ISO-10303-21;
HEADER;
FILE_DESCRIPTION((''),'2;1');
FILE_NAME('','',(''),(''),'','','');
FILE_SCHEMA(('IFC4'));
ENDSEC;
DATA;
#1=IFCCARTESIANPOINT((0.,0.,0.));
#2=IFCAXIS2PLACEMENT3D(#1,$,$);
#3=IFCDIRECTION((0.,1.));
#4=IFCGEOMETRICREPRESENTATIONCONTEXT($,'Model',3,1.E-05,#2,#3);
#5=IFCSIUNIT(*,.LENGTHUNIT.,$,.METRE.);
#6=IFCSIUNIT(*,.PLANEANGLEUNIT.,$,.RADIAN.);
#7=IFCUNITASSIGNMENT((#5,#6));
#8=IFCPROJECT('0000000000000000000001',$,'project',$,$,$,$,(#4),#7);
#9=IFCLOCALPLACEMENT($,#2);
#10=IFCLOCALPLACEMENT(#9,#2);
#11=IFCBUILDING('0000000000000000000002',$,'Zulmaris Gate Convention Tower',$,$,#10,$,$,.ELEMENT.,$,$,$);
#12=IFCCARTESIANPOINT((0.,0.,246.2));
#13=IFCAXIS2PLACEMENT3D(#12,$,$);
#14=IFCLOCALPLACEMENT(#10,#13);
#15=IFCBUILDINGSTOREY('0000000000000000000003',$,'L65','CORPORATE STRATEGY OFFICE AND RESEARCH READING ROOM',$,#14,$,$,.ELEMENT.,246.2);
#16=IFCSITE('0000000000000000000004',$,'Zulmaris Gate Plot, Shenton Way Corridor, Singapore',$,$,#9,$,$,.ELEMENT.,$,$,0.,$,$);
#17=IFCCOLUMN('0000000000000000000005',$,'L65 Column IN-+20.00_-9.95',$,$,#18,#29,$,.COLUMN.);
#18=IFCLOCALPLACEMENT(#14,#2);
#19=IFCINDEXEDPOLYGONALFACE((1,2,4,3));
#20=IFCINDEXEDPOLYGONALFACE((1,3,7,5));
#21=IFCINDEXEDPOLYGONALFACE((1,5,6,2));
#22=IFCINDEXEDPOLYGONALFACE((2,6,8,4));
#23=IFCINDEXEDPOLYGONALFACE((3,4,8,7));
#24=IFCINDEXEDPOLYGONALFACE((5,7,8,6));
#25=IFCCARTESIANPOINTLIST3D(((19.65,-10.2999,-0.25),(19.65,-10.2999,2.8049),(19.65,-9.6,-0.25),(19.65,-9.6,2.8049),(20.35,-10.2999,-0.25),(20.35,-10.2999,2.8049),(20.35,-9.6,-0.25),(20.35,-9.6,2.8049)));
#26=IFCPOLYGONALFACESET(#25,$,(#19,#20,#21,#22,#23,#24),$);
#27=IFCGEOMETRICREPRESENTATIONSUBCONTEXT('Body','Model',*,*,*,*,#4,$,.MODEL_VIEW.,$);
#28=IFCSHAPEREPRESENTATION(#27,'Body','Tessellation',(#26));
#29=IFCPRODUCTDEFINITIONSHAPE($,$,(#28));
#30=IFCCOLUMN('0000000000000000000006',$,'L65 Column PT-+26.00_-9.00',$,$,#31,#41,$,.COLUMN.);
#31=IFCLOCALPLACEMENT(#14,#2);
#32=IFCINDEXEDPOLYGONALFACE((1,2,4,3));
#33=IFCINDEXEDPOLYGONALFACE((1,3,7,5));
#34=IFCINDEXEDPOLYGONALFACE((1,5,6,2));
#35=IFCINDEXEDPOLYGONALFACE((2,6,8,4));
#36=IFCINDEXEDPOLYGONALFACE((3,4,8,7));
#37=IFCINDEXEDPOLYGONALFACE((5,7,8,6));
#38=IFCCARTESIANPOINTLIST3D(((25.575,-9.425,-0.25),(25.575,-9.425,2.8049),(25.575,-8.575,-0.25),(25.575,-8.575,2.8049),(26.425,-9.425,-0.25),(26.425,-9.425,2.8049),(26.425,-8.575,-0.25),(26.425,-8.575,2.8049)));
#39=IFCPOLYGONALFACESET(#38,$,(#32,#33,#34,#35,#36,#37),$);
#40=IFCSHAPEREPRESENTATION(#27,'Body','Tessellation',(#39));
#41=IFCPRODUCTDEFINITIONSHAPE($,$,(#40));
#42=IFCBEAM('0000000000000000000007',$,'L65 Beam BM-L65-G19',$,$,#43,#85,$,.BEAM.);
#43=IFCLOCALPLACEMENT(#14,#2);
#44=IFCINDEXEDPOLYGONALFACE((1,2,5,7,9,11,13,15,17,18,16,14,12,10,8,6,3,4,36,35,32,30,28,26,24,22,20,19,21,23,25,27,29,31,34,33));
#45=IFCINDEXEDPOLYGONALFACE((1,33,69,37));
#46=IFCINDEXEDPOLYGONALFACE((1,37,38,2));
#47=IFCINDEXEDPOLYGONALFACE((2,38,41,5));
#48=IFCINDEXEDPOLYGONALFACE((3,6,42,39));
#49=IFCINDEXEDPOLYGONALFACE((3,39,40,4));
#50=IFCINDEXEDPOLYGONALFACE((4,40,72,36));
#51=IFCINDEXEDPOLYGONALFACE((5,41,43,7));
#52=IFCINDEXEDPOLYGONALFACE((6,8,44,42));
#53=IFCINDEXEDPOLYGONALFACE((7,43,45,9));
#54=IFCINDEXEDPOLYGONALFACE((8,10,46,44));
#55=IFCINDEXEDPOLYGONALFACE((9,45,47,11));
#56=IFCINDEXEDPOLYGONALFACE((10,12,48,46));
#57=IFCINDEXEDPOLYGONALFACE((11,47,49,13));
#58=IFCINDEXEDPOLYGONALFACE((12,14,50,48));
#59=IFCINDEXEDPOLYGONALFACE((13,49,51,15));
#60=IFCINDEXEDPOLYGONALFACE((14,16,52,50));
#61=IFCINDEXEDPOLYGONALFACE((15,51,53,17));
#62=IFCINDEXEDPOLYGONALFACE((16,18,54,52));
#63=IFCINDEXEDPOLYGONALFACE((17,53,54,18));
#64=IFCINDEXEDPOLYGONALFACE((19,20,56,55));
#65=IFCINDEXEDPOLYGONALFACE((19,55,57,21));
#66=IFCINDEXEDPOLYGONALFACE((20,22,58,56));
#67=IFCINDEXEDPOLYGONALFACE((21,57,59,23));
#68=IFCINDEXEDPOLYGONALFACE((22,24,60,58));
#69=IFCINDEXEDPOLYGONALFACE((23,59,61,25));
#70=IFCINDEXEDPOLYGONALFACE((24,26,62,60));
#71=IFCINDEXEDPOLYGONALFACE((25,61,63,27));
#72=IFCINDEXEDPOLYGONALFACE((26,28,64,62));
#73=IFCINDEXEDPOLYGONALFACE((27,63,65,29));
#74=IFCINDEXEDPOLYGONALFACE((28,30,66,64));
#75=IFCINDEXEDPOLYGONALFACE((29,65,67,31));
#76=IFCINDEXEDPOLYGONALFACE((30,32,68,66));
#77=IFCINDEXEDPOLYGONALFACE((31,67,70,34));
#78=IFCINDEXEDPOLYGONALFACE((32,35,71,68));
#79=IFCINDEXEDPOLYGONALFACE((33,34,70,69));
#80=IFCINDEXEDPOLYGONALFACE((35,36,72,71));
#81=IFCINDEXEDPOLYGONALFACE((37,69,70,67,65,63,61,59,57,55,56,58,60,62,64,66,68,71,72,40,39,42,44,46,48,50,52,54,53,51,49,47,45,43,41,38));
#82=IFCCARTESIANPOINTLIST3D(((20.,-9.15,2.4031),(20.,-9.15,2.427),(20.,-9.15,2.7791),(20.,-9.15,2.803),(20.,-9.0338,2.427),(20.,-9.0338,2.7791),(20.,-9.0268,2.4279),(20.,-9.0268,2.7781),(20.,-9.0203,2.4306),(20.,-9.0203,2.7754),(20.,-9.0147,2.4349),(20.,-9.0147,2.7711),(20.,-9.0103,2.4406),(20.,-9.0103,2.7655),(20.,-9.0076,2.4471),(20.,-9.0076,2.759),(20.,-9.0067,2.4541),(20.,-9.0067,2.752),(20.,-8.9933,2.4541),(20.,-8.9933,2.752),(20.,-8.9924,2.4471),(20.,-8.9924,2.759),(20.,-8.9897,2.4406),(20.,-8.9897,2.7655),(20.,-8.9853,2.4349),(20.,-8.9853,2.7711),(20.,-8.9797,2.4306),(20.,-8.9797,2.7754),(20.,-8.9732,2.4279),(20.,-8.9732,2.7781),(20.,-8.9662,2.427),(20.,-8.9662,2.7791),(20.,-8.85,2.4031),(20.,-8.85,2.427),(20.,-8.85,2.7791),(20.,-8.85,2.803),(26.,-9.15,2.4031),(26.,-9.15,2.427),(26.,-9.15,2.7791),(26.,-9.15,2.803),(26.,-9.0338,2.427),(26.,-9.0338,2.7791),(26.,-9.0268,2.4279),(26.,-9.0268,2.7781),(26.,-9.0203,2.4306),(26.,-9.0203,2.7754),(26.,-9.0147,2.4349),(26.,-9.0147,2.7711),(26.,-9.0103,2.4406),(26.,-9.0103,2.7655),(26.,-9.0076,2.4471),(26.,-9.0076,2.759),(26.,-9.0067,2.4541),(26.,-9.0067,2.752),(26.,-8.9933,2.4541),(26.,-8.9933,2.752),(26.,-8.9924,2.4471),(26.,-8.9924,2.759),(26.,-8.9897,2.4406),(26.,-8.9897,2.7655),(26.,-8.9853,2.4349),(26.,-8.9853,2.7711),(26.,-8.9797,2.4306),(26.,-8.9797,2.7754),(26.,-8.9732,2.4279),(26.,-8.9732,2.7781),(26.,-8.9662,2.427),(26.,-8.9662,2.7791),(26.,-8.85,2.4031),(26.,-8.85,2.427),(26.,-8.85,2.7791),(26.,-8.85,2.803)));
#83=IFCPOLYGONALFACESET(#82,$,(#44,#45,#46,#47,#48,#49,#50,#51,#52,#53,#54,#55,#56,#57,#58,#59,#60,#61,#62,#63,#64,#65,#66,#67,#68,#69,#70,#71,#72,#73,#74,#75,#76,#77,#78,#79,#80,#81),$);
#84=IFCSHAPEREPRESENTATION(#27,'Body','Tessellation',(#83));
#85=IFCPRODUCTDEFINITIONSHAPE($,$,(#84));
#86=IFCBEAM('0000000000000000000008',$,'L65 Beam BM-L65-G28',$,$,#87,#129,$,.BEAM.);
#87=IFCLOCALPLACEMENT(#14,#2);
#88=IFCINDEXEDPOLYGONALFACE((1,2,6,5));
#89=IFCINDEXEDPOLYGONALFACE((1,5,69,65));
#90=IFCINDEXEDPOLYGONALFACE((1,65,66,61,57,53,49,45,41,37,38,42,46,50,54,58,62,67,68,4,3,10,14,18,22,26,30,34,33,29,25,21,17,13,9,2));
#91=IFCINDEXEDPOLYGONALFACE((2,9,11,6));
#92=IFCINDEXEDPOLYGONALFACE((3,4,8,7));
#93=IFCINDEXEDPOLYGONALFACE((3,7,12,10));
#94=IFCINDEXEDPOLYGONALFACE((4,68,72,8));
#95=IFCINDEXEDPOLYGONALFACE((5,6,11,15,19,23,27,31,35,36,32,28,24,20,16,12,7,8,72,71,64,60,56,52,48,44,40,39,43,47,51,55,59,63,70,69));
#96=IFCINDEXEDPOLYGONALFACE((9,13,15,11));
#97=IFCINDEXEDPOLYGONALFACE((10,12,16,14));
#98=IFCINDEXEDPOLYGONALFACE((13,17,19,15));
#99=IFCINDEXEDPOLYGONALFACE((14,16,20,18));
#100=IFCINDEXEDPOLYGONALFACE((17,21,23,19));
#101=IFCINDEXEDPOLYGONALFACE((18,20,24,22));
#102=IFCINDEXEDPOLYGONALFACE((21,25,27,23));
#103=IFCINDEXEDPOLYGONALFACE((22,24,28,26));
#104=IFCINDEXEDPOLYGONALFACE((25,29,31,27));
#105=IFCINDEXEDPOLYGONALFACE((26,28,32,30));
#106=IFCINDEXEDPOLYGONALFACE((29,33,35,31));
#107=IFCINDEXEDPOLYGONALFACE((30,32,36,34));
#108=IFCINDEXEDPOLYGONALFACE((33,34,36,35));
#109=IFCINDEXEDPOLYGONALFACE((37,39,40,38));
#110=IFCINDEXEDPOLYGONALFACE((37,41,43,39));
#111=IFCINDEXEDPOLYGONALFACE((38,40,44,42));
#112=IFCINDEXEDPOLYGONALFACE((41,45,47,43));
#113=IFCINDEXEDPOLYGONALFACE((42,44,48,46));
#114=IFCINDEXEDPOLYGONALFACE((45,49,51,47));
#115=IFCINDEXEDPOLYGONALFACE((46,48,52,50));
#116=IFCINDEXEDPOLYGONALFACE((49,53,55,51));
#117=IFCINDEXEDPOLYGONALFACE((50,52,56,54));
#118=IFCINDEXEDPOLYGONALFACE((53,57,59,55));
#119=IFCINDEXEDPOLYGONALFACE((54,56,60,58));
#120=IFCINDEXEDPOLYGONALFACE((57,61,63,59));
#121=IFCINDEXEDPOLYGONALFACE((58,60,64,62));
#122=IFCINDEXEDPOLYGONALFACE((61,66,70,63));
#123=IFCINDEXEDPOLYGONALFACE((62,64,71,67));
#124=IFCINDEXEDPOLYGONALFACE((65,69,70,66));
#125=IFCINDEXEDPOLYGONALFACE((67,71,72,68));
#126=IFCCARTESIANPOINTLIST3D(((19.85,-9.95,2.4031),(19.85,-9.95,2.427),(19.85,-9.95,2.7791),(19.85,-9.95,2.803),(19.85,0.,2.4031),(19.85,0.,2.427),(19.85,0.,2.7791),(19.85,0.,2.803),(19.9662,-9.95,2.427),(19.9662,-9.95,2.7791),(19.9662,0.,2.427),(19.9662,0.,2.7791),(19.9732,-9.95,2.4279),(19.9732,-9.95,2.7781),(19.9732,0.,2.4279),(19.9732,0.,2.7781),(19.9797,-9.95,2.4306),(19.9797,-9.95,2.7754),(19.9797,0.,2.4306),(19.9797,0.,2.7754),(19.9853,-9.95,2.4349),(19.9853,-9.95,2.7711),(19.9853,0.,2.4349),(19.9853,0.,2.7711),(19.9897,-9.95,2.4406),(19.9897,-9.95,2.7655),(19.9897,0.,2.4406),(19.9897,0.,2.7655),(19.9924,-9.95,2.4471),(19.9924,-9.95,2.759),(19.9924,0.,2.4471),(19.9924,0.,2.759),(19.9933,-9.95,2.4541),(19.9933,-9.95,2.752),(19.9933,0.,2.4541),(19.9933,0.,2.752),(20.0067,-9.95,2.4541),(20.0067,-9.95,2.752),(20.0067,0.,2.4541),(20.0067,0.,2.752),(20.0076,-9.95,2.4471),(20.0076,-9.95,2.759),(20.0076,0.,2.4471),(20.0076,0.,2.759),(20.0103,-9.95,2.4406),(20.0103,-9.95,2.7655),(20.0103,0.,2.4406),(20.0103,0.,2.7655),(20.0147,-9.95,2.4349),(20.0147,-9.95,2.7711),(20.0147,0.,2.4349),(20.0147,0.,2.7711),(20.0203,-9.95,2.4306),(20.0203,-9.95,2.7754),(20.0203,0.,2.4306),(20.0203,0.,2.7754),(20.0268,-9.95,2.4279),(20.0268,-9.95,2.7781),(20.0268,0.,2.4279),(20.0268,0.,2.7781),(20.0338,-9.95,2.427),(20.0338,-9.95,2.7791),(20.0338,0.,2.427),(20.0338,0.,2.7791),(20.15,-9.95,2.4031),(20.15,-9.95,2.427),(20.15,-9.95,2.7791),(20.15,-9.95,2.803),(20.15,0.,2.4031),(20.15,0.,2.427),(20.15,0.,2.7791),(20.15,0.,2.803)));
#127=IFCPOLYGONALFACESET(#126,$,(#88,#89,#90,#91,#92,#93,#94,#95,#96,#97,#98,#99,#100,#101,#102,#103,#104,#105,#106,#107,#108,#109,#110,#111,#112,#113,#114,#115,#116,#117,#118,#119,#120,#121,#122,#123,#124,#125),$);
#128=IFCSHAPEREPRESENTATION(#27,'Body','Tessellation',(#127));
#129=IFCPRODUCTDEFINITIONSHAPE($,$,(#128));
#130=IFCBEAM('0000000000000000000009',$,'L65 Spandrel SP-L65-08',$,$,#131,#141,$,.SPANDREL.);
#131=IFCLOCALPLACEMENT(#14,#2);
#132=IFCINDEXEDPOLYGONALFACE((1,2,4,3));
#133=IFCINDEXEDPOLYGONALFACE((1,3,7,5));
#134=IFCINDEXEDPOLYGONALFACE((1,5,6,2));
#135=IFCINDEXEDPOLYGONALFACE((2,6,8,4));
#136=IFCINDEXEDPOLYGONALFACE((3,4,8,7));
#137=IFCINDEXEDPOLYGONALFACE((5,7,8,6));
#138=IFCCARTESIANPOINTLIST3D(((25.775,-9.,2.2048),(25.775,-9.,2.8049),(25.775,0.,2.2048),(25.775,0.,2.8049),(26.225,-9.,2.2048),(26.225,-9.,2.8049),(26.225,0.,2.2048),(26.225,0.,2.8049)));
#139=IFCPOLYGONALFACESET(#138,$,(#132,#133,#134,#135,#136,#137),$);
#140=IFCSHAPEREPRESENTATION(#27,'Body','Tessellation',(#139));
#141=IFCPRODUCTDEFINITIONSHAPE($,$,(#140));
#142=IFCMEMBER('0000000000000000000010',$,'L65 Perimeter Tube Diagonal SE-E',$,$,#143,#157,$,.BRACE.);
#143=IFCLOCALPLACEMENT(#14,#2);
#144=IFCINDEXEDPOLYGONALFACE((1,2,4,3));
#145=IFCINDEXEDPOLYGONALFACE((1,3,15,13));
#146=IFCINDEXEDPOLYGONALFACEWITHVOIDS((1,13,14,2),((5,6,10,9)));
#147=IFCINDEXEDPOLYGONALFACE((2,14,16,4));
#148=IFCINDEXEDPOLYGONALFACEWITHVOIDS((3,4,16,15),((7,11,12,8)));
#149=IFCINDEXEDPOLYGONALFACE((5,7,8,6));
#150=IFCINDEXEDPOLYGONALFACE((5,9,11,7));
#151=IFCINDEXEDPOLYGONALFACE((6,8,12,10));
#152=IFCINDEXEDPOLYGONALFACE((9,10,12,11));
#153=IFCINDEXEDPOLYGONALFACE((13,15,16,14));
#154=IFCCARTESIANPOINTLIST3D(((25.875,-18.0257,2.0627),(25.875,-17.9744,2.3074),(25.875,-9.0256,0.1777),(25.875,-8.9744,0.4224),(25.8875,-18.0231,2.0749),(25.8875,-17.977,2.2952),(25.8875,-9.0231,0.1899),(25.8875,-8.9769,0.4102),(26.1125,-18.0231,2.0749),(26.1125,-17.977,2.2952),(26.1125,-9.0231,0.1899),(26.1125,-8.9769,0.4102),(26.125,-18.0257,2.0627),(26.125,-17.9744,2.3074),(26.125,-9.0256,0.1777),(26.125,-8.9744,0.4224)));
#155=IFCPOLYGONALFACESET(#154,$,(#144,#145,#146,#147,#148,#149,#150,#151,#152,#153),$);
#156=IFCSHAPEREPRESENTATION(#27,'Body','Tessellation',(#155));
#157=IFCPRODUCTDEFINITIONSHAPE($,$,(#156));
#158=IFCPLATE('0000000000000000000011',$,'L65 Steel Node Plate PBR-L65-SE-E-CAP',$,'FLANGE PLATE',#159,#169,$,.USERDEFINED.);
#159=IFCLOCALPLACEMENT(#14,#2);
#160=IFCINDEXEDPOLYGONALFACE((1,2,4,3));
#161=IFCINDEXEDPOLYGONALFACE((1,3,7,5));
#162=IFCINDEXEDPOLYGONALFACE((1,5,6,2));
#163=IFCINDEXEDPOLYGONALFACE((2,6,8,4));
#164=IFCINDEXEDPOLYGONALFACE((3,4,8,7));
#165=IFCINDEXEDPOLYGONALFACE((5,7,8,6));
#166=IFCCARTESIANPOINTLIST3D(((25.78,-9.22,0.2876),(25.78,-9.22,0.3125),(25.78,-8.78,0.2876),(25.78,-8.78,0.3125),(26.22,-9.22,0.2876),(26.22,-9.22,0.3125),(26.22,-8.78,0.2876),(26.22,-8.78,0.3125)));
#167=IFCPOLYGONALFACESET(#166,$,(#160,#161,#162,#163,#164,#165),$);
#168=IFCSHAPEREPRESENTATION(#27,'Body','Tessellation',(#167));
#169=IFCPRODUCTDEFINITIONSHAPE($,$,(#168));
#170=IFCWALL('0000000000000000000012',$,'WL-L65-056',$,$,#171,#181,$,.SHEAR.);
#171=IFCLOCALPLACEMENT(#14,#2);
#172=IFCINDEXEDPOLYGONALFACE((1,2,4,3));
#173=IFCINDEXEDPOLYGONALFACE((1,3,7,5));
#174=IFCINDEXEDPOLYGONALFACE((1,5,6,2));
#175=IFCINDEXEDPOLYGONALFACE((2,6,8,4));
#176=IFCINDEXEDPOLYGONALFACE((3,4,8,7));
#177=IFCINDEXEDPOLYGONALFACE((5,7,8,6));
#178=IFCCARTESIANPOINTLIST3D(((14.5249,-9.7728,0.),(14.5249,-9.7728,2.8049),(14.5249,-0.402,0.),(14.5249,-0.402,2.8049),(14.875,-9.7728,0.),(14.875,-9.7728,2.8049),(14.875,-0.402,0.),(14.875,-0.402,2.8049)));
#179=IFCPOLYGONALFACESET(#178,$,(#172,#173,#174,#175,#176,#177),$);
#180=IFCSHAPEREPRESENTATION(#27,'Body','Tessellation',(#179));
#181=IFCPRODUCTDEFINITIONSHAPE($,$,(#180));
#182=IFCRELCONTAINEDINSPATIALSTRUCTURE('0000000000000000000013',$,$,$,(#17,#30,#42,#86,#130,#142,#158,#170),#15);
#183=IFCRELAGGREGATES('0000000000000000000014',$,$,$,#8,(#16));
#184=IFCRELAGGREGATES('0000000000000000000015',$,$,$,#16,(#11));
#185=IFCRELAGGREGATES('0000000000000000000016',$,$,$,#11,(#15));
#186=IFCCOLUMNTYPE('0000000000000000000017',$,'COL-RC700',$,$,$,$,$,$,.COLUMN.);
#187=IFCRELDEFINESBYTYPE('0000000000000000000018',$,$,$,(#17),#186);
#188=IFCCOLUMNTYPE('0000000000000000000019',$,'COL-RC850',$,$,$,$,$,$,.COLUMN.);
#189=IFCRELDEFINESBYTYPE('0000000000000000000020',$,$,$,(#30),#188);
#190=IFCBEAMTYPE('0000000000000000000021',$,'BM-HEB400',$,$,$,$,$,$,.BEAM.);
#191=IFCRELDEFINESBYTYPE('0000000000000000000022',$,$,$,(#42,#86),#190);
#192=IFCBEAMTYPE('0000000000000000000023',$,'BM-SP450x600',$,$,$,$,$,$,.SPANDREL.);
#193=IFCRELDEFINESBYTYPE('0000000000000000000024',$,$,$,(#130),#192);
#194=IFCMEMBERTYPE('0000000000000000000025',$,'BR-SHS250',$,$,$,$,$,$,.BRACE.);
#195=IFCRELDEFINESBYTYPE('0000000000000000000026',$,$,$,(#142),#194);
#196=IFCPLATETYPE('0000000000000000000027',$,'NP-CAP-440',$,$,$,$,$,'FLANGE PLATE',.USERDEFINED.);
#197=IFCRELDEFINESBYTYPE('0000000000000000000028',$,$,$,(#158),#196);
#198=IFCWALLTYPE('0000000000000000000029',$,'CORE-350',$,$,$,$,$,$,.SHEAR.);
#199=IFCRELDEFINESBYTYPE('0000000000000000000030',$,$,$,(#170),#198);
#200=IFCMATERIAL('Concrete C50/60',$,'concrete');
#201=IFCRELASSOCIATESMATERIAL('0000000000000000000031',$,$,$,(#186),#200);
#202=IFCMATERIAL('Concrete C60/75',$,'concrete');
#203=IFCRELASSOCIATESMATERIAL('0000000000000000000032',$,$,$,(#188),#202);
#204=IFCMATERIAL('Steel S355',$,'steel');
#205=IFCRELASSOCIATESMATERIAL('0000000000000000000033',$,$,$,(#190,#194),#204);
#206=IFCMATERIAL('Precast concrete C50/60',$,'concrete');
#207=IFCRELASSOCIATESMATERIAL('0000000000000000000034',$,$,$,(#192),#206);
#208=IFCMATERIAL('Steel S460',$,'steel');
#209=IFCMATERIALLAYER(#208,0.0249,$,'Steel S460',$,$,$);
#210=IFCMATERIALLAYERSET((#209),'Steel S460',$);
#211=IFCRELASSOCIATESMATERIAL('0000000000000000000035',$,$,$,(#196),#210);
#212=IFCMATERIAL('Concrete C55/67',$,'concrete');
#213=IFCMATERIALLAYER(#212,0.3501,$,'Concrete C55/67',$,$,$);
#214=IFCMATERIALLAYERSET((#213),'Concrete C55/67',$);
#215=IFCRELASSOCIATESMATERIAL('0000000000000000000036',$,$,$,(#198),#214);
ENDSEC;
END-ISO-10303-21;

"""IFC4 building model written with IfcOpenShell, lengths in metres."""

from ifc_helpers import new_model, si_unit, direction, frame, frame_2d, origin, origin_2d, place, context, subcontext, project, spatial, rectangle, hollow_rectangle, i_section, extrude, material, layer, layer_set, material_profile, profile_set, type_object, element, save


model = new_model("IFC4")

# Units and contexts
model_context = context("Model", 3, precision=1e-05, world=origin(), true_north=direction((0.0, 1.0)))
body_context = subcontext(model_context, "Body", "Model", "MODEL_VIEW")
ifc_project = project(units=[si_unit("LENGTHUNIT", "METRE"), si_unit("PLANEANGLEUNIT", "RADIAN")], contexts=[model_context])

# Site, building, storey
site_placement = place(None, origin())
site = spatial("IfcSite", under=ifc_project, at=site_placement, Name="Zulmaris Gate Plot, Shenton Way Corridor, Singapore", CompositionType="ELEMENT", RefElevation=0.0)
building_placement = place(site_placement, origin())
building = spatial("IfcBuilding", under=site, at=building_placement, Name="Zulmaris Gate Convention Tower", CompositionType="ELEMENT")
storey_placement = place(building_placement, frame((0.0, 0.0, 246.2)))
storey = spatial("IfcBuildingStorey", under=building, at=storey_placement, Name="L65", Description="CORPORATE STRATEGY OFFICE AND RESEARCH READING ROOM", CompositionType="ELEMENT", Elevation=246.2)

# Columns
ifc_material_1 = material(Name="Concrete C50/60", Category="concrete")
ifc_material_profile_1 = material_profile(ifc_material_1, rectangle(XDim=0.7, YDim=0.7, at=origin_2d()), Name="RC COL 700x700")
ifc_profile_set_1 = profile_set([ifc_material_profile_1], Name="Concrete C50/60")
column_type_1 = type_object("IfcColumnType", Name="COL-RC700", PredefinedType="COLUMN", material=ifc_profile_set_1)
column_1_placement = place(storey_placement, frame((20.0, -9.95, -0.25), z_axis=(0.0, 0.0, 1.0), x_axis=(1.0, 0.0, 0.0)))
element("IfcColumn", 1, at=column_1_placement, inside=storey, type_object=column_type_1, Name="L65 Column IN-+20.00_-9.95", PredefinedType="COLUMN", context=body_context, shape_type="SweptSolid", body=[
    extrude(rectangle(XDim=0.7, YDim=0.7, at=origin_2d()), origin(), (0.0, 0.0, 1.0), 3.0549),
])
ifc_material_2 = material(Name="Concrete C60/75", Category="concrete")
ifc_material_profile_2 = material_profile(ifc_material_2, rectangle(XDim=0.8501, YDim=0.8501, at=origin_2d()), Name="RC COL 850x850")
ifc_profile_set_2 = profile_set([ifc_material_profile_2], Name="Concrete C60/75")
column_type_2 = type_object("IfcColumnType", Name="COL-RC850", PredefinedType="COLUMN", material=ifc_profile_set_2)
column_2_placement = place(storey_placement, frame((26.0, -9.0, -0.25), z_axis=(0.0, 0.0, 1.0), x_axis=(1.0, 0.0, 0.0)))
element("IfcColumn", 2, at=column_2_placement, inside=storey, type_object=column_type_2, Name="L65 Column PT-+26.00_-9.00", PredefinedType="COLUMN", context=body_context, shape_type="SweptSolid", body=[
    extrude(rectangle(XDim=0.8501, YDim=0.8501, at=origin_2d()), origin(), (0.0, 0.0, 1.0), 3.0549),
])

# Beams
ifc_material_3 = material(Name="Steel S355", Category="steel")
ifc_material_profile_3 = material_profile(ifc_material_3, i_section(OverallWidth=0.3, OverallDepth=0.3999, WebThickness=0.0134, FlangeThickness=0.0239, FilletRadius=0.0271, at=origin_2d()), Name="HEB 400")
ifc_profile_set_3 = profile_set([ifc_material_profile_3], Name="Steel S355")
beam_type_1 = type_object("IfcBeamType", Name="BM-HEB400", PredefinedType="BEAM", material=ifc_profile_set_3)
beam_1_placement = place(storey_placement, frame((20.0, -9.0, 2.603), z_axis=(1.0, 0.0, 0.0), x_axis=(0.0, 1.0, 0.0)))
element("IfcBeam", 3, at=beam_1_placement, inside=storey, type_object=beam_type_1, Name="L65 Beam BM-L65-G19", PredefinedType="BEAM", context=body_context, shape_type="SweptSolid", body=[
    extrude(i_section(OverallWidth=0.3, OverallDepth=0.3999, WebThickness=0.0134, FlangeThickness=0.0239, FilletRadius=0.0271, at=origin_2d()), origin(), (0.0, 0.0, 1.0), 6.0),
])
beam_2_placement = place(storey_placement, frame((20.0, -9.95, 2.603), z_axis=(0.0, 1.0, 0.0), x_axis=(-1.0, 0.0, 0.0)))
element("IfcBeam", 4, at=beam_2_placement, inside=storey, type_object=beam_type_1, Name="L65 Beam BM-L65-G28", PredefinedType="BEAM", context=body_context, shape_type="SweptSolid", body=[
    extrude(i_section(OverallWidth=0.3, OverallDepth=0.3999, WebThickness=0.0134, FlangeThickness=0.0239, FilletRadius=0.0271, at=origin_2d()), origin(), (0.0, 0.0, 1.0), 9.95),
])
ifc_material_4 = material(Name="Precast concrete C50/60", Category="concrete")
ifc_material_profile_4 = material_profile(ifc_material_4, rectangle(XDim=0.45, YDim=0.6001, at=origin_2d()), Name="RC SPANDREL 450x600")
ifc_profile_set_4 = profile_set([ifc_material_profile_4], Name="Precast concrete C50/60")
beam_type_2 = type_object("IfcBeamType", Name="BM-SP450x600", PredefinedType="SPANDREL", material=ifc_profile_set_4)
beam_3_placement = place(storey_placement, frame((26.0, -9.0, 2.5049), z_axis=(0.0, 1.0, 0.0), x_axis=(-1.0, 0.0, 0.0)))
element("IfcBeam", 5, at=beam_3_placement, inside=storey, type_object=beam_type_2, Name="L65 Spandrel SP-L65-08", PredefinedType="SPANDREL", context=body_context, shape_type="SweptSolid", body=[
    extrude(rectangle(XDim=0.45, YDim=0.6001, at=origin_2d()), origin(), (0.0, 0.0, 1.0), 9.0),
])

# Member
ifc_material_profile_5 = material_profile(ifc_material_3, hollow_rectangle(XDim=0.25, YDim=0.25, WallThickness=0.0125, at=origin_2d()), Name="SHS 250x250x12.5")
ifc_profile_set_5 = profile_set([ifc_material_profile_5], Name="Steel S355")
member_type = type_object("IfcMemberType", Name="BR-SHS250", PredefinedType="BRACE", material=ifc_profile_set_5)
member_placement = place(storey_placement, frame((26.0, -9.0, 0.3), z_axis=(0.0, -0.978763, 0.204997), x_axis=(1.0, 0.0, 0.0)))
element("IfcMember", 6, at=member_placement, inside=storey, type_object=member_type, Name="L65 Perimeter Tube Diagonal SE-E", PredefinedType="BRACE", context=body_context, shape_type="SweptSolid", body=[
    extrude(hollow_rectangle(XDim=0.25, YDim=0.25, WallThickness=0.0125, at=origin_2d()), origin(), (0.0, 0.0, 1.0), 9.1953),
])

# Plate
ifc_material_5 = material(Name="Steel S460", Category="steel")
ifc_layer_1 = layer(ifc_material_5, 0.0249, Name="Steel S460")
ifc_layer_set_1 = layer_set([ifc_layer_1], Name="Steel S460")
plate_type = type_object("IfcPlateType", Name="NP-CAP-440", ElementType="FLANGE PLATE", PredefinedType="USERDEFINED", material=ifc_layer_set_1)
plate_placement = place(storey_placement, frame((26.0, -9.0, 0.2876), z_axis=(0.0, 0.0, 1.0), x_axis=(1.0, 0.0, 0.0)))
element("IfcPlate", 7, at=plate_placement, inside=storey, type_object=plate_type, Name="L65 Steel Node Plate PBR-L65-SE-E-CAP", ObjectType="FLANGE PLATE", PredefinedType="USERDEFINED", context=body_context, shape_type="SweptSolid", body=[
    extrude(rectangle(XDim=0.4399, YDim=0.4399, at=origin_2d()), origin(), (0.0, 0.0, 1.0), 0.0249),
])

# Shared definitions
ifc_material_6 = material(Name="Concrete C55/67", Category="concrete")
ifc_layer_2 = layer(ifc_material_6, 0.3501, Name="Concrete C55/67")
ifc_layer_set_2 = layer_set([ifc_layer_2], Name="Concrete C55/67")
wall_type_1 = type_object("IfcWallType", Name="CORE-350", PredefinedType="SHEAR", material=ifc_layer_set_2)

# Wall
wall_1_placement = place(storey_placement, frame((14.7, -9.7729, 0.0), z_axis=(0.0, 0.0, 1.0), x_axis=(0.0, 1.0, 0.0)))
element("IfcWall", 8, at=wall_1_placement, inside=storey, type_object=wall_type_1, Name="WL-L65-056", PredefinedType="SHEAR", context=body_context, shape_type="SweptSolid", body=[
    extrude(rectangle(XDim=9.3708, YDim=0.3501, at=frame_2d((4.6855, 0.0))), origin(), (0.0, 0.0, 1.0), 2.8049),
])

save(model, "model.ifc")
